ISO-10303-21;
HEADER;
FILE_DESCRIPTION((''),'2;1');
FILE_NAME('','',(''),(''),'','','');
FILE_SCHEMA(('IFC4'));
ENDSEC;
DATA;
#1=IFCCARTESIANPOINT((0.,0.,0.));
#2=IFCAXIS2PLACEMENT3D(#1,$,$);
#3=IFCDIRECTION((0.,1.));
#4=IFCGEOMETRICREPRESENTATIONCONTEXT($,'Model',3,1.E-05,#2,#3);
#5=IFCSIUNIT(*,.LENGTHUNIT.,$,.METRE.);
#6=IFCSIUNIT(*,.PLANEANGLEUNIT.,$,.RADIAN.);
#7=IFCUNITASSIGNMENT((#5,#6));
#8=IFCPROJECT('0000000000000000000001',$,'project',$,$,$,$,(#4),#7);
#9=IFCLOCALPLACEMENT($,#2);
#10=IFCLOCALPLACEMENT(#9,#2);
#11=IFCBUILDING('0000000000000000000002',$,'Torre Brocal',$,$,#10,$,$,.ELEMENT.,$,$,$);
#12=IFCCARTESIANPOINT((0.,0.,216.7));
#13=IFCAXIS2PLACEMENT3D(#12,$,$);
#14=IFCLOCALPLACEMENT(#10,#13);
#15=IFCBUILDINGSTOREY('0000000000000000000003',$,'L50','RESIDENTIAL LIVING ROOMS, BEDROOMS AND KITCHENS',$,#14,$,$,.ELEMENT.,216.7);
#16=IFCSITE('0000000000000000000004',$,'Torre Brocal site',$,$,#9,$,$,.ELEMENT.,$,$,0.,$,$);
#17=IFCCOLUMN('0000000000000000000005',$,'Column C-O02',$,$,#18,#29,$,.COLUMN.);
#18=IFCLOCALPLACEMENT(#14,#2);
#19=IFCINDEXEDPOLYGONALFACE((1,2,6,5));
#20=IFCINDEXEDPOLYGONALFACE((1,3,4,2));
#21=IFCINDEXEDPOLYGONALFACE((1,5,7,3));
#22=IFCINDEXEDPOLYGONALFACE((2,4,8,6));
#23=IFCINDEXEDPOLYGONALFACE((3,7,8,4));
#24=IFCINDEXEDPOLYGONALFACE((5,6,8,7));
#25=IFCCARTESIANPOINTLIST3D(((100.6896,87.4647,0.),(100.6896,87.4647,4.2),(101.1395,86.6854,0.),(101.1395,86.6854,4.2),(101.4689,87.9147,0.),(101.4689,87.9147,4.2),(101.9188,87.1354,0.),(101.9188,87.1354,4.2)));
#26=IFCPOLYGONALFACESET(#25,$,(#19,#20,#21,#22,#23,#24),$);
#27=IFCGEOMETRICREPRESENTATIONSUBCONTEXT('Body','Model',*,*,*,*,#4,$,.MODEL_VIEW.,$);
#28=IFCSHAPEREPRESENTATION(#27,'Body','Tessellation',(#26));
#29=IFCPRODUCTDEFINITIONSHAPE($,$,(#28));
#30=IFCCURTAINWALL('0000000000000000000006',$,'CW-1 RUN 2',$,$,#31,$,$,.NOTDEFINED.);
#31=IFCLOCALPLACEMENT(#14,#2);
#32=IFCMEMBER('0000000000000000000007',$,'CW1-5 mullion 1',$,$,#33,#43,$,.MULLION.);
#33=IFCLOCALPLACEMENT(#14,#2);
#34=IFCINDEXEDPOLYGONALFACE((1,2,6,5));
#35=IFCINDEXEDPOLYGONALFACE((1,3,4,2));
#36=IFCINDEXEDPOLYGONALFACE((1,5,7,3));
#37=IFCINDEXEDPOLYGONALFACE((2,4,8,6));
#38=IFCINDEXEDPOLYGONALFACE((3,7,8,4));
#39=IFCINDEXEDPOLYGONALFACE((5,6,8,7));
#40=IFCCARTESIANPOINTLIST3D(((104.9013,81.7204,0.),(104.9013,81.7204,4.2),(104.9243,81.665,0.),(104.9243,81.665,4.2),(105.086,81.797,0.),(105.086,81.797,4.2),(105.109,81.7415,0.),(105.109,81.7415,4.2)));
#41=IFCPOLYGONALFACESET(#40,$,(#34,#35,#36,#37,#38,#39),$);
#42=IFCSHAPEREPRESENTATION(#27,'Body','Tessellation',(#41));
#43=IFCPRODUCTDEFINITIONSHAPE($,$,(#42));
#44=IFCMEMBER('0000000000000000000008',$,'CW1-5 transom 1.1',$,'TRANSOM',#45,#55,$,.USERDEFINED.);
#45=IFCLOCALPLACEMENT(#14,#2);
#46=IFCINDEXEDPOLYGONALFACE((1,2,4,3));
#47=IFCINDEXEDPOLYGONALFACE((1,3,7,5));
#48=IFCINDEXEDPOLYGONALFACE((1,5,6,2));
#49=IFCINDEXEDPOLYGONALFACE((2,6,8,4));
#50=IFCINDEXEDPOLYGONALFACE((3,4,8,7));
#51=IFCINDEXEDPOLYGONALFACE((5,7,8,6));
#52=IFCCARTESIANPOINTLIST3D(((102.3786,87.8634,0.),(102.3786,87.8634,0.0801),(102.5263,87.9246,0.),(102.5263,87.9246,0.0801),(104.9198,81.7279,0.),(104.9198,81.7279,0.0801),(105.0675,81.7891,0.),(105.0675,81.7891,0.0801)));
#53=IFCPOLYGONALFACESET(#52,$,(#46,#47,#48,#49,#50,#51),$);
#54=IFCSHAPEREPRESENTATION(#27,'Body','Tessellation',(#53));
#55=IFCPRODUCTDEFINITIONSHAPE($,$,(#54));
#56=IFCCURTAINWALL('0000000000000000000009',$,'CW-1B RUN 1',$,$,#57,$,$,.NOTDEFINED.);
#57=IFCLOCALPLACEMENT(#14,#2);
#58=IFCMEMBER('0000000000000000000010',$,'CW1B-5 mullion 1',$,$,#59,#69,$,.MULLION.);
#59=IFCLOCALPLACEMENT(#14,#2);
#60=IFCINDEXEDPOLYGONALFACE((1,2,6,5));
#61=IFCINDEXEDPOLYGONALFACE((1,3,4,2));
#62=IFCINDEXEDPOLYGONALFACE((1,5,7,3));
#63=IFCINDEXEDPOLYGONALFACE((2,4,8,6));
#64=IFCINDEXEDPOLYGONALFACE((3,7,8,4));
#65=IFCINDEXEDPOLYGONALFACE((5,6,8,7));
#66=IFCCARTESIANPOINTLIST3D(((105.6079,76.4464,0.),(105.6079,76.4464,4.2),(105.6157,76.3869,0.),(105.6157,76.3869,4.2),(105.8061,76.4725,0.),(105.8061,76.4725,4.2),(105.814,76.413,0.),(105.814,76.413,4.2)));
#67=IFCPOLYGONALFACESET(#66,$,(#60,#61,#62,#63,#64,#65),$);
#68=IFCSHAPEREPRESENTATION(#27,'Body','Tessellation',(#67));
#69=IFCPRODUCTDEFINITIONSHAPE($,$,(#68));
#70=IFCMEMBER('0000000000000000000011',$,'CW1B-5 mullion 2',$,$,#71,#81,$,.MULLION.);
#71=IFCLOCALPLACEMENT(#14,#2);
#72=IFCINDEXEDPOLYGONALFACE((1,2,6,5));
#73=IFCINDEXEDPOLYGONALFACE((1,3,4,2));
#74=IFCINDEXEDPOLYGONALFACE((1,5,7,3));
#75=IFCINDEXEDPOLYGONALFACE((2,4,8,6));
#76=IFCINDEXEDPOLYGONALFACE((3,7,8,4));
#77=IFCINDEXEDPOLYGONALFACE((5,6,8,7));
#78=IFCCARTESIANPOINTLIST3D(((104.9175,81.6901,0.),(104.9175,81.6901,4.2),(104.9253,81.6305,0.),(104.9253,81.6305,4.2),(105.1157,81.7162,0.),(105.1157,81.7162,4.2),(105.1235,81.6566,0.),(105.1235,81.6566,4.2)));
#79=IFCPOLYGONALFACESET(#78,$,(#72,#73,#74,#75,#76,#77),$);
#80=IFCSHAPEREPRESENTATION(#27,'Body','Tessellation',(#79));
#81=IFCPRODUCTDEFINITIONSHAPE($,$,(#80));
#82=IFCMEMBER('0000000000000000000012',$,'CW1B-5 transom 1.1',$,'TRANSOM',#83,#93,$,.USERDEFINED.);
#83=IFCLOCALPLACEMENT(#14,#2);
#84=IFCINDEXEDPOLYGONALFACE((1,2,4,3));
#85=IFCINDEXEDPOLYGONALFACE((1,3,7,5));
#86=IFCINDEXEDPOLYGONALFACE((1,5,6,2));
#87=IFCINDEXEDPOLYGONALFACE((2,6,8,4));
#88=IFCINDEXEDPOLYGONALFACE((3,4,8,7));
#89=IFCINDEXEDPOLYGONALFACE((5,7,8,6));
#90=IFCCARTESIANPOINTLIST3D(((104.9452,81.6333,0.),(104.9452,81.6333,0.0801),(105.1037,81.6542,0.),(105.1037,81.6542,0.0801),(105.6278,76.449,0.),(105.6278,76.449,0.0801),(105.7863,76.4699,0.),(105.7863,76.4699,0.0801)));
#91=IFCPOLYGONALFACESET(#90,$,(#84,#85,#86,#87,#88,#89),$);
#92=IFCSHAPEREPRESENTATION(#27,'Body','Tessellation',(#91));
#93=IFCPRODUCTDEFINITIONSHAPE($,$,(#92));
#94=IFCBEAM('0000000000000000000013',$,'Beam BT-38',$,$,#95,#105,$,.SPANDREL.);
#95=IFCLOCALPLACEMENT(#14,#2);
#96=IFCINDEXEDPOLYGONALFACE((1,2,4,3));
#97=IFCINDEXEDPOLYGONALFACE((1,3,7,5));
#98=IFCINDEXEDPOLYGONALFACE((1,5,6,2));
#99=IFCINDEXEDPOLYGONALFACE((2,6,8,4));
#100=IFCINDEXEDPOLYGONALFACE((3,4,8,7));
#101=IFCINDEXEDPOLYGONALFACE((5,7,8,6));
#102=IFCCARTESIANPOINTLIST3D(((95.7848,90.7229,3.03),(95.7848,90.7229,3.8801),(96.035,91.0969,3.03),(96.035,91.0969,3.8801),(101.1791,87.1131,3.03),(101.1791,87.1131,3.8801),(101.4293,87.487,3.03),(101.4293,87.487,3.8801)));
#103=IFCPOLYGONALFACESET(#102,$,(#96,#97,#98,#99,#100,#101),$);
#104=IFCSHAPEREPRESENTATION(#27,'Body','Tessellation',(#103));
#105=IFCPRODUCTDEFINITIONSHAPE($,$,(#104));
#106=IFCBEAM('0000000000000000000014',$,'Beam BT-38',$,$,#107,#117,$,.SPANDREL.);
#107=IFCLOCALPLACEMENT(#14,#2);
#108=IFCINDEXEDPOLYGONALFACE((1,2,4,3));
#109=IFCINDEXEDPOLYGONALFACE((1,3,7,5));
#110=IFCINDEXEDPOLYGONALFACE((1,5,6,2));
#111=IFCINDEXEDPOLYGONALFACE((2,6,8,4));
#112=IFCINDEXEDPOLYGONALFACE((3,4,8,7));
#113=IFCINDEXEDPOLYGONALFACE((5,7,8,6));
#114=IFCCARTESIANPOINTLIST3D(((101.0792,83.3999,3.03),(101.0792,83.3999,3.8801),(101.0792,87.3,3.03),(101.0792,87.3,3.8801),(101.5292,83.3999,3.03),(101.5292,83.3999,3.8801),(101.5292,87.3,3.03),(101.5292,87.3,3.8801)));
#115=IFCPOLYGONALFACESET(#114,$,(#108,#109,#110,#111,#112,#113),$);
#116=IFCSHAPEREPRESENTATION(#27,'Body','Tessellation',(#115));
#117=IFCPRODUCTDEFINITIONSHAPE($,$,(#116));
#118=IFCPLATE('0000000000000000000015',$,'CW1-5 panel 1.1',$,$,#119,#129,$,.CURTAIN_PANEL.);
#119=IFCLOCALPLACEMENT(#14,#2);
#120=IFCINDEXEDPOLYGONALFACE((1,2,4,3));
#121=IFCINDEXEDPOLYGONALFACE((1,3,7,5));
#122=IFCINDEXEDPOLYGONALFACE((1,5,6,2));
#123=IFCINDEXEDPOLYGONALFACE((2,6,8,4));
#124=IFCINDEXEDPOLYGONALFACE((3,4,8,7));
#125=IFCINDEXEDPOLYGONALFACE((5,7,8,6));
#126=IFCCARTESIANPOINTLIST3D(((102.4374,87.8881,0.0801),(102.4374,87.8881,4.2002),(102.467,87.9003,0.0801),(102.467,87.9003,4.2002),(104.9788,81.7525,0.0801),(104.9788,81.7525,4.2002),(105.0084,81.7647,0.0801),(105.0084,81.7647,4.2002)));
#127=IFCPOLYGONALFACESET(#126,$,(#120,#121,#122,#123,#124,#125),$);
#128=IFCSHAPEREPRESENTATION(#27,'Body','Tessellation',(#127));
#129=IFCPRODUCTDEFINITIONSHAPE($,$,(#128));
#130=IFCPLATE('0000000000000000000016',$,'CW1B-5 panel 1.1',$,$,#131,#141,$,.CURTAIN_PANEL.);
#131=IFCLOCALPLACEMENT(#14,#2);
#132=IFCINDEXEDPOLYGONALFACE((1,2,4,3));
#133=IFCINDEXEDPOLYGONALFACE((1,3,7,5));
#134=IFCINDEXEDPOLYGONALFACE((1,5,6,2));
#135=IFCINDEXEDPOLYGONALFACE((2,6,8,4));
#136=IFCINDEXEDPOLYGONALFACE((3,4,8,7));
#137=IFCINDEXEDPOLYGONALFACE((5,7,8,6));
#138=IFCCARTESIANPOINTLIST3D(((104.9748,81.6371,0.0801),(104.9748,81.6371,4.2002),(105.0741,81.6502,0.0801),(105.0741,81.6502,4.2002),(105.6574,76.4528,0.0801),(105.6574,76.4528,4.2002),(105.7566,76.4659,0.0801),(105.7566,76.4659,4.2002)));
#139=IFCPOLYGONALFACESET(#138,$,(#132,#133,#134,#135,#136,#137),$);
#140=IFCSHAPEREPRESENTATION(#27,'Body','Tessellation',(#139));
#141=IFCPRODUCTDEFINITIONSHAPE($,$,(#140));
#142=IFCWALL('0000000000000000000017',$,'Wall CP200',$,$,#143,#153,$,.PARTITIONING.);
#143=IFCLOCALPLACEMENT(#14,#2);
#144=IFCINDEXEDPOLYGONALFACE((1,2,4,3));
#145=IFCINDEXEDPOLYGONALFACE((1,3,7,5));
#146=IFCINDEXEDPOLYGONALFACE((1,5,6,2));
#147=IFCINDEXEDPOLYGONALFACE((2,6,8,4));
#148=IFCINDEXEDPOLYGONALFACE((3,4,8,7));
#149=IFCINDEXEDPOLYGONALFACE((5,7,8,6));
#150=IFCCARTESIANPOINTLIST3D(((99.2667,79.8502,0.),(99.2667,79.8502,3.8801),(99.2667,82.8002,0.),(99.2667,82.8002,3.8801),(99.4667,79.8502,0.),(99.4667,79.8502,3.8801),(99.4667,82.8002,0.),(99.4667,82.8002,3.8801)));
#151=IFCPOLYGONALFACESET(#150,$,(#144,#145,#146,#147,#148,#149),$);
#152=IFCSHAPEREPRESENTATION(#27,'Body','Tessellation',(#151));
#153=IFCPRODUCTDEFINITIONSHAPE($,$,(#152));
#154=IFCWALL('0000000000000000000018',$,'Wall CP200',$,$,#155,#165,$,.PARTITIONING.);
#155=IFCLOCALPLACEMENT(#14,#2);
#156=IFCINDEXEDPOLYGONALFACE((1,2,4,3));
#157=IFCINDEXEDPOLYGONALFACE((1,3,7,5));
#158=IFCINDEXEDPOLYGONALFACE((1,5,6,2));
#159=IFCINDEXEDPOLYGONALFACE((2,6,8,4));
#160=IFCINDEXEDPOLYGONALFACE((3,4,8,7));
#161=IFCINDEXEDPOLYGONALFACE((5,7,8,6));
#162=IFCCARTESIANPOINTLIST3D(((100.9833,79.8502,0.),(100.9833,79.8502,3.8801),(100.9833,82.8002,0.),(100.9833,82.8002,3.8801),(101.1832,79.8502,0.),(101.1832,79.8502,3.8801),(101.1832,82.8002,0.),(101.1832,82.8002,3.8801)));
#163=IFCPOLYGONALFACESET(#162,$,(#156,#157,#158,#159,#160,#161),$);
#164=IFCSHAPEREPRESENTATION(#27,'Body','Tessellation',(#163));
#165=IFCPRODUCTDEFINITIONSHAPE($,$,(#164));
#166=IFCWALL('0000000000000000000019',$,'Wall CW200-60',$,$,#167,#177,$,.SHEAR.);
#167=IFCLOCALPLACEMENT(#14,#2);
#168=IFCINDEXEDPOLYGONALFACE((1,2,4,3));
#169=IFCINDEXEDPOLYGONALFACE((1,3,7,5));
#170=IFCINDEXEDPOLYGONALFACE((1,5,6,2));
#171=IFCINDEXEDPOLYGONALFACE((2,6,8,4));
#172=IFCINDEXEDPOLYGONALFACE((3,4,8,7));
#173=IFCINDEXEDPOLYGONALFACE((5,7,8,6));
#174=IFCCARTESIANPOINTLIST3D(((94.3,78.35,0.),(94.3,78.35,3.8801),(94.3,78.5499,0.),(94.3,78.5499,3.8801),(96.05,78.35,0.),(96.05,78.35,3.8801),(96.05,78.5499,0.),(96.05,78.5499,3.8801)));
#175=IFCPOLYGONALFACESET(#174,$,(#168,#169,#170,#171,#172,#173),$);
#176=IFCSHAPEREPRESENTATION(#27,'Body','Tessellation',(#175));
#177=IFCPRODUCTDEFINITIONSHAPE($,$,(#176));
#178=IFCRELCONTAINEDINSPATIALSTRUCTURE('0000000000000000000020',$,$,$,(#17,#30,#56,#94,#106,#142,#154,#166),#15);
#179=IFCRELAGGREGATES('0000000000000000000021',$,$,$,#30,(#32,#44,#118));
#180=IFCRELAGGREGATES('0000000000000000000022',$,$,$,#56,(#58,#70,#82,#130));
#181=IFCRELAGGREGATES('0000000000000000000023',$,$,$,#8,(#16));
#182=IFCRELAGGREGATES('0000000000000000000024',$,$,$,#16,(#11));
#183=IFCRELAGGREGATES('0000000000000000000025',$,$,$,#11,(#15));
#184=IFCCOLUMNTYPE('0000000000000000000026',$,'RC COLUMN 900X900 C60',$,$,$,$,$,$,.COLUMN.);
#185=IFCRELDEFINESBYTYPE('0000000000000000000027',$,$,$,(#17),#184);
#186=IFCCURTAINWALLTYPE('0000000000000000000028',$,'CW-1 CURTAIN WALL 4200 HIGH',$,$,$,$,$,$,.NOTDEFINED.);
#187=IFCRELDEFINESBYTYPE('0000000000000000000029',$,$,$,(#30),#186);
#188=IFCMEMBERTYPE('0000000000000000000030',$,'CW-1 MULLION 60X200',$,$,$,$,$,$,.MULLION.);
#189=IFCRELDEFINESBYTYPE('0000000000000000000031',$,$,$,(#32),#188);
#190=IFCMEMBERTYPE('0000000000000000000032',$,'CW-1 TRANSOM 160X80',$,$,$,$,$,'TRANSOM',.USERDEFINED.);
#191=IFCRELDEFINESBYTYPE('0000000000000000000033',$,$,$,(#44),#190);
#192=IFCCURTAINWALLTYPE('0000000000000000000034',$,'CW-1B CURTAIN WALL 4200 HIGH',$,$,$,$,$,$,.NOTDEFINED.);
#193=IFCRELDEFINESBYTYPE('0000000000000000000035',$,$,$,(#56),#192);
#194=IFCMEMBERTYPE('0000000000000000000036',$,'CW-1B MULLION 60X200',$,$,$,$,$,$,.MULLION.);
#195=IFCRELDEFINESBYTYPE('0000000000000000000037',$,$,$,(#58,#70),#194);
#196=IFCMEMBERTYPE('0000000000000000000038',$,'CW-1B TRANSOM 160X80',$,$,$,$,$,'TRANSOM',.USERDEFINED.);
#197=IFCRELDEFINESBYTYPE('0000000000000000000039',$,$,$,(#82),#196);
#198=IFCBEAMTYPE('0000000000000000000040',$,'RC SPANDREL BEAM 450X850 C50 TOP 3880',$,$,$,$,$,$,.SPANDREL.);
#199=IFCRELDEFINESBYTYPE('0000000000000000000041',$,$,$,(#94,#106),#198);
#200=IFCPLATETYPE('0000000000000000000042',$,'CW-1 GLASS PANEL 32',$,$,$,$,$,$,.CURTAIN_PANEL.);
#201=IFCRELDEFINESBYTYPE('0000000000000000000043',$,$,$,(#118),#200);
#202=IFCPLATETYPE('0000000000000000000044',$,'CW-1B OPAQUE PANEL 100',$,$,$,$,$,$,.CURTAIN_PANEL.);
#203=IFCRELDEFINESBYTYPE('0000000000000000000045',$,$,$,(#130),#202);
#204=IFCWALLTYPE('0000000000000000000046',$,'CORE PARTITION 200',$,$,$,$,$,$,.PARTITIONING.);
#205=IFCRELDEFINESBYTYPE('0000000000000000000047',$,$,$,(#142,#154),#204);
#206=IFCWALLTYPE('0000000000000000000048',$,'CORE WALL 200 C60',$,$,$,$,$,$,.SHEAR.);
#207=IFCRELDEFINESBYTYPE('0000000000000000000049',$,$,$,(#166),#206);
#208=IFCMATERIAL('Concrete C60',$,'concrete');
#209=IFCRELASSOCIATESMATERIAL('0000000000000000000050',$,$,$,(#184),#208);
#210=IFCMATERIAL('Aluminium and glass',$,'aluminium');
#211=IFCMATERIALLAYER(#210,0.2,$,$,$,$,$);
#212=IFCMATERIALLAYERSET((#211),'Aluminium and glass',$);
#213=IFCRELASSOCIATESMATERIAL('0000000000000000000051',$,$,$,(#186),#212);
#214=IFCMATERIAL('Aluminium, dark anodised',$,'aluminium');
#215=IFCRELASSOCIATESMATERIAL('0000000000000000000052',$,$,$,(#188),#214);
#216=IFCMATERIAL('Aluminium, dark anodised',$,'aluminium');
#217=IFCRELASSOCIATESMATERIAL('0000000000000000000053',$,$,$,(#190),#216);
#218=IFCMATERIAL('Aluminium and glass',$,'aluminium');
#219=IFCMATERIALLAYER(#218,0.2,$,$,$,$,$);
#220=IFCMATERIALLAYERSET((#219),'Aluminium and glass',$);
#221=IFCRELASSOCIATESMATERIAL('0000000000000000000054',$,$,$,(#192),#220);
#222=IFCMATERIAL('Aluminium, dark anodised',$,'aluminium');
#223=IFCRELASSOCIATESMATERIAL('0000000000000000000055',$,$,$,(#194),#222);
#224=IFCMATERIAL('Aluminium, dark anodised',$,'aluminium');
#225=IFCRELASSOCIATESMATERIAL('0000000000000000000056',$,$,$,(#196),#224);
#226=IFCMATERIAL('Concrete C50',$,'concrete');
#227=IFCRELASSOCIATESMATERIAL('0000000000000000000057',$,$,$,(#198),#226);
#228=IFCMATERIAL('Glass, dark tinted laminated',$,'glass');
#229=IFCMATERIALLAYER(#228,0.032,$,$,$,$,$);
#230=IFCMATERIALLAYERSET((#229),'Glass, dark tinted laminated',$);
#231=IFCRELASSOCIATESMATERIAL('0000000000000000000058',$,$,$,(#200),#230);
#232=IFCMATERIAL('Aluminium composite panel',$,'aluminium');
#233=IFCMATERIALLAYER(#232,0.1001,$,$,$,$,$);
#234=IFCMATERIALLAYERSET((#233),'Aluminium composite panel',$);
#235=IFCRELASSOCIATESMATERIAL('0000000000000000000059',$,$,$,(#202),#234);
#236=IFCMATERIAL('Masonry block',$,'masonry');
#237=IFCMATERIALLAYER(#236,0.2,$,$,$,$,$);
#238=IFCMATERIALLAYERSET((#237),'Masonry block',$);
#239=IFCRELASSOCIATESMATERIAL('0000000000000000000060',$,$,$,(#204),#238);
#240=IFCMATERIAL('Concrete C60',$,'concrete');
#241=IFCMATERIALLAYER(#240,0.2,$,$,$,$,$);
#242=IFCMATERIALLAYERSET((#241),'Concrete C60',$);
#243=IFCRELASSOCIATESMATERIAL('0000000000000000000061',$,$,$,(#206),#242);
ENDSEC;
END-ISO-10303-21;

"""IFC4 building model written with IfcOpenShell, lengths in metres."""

from ifc_helpers import new_model, si_unit, direction, frame, frame_2d, origin, origin_2d, place, context, subcontext, project, spatial, rectangle, extrude, material, layer, layer_set, material_profile, profile_set, type_object, element, aggregate, save


model = new_model("IFC4")

# Units and contexts
model_context = context("Model", 3, precision=1e-05, world=origin(), true_north=direction((0.0, 1.0)))
body_context = subcontext(model_context, "Body", "Model", "MODEL_VIEW")
ifc_project = project(units=[si_unit("LENGTHUNIT", "METRE"), si_unit("PLANEANGLEUNIT", "RADIAN")], contexts=[model_context])

# Site, building, storey
site_placement = place(None, origin())
site = spatial("IfcSite", under=ifc_project, at=site_placement, Name="Torre Brocal site", CompositionType="ELEMENT", RefElevation=0.0)
building_placement = place(site_placement, origin())
building = spatial("IfcBuilding", under=site, at=building_placement, Name="Torre Brocal", CompositionType="ELEMENT")
storey_placement = place(building_placement, frame((0.0, 0.0, 216.7)))
storey = spatial("IfcBuildingStorey", under=building, at=storey_placement, Name="L50", Description="RESIDENTIAL LIVING ROOMS, BEDROOMS AND KITCHENS", CompositionType="ELEMENT", Elevation=216.7)

# Column
ifc_material_1 = material(Name="Concrete C60", Category="concrete")
ifc_material_profile_1 = material_profile(ifc_material_1, rectangle(XDim=0.8999, YDim=0.8999, at=origin_2d()), Name="RC 900X900")
ifc_profile_set_1 = profile_set([ifc_material_profile_1], Name="Concrete C60")
column_type = type_object("IfcColumnType", Name="RC COLUMN 900X900 C60", PredefinedType="COLUMN", material=ifc_profile_set_1)
column_placement = place(storey_placement, frame((101.3042, 87.3, 0.0), z_axis=(0.0, 0.0, 1.0), x_axis=(0.866025, 0.5, 0.0)))
element("IfcColumn", 1, at=column_placement, inside=storey, type_object=column_type, Name="Column C-O02", PredefinedType="COLUMN", context=body_context, shape_type="SweptSolid", body=[
    extrude(rectangle(XDim=0.8999, YDim=0.8999, at=origin_2d()), origin(), (0.0, 0.0, 1.0), 4.2),
])

# Curtain walls, members
ifc_material_2 = material(Name="Aluminium and glass", Category="aluminium")
ifc_layer_1 = layer(ifc_material_2, 0.2)
ifc_layer_set_1 = layer_set([ifc_layer_1], Name="Aluminium and glass")
curtain_wall_type_1 = type_object("IfcCurtainWallType", Name="CW-1 CURTAIN WALL 4200 HIGH", PredefinedType="NOTDEFINED", material=ifc_layer_set_1)
curtain_wall_1_placement = place(storey_placement, origin())
curtain_wall_1 = element("IfcCurtainWall", 2, at=curtain_wall_1_placement, inside=storey, type_object=curtain_wall_type_1, Name="CW-1 RUN 2", PredefinedType="NOTDEFINED")
ifc_material_3 = material(Name="Aluminium, dark anodised", Category="aluminium")
ifc_material_profile_2 = material_profile(ifc_material_3, rectangle(XDim=0.2, YDim=0.0601, at=origin_2d()), Name="CW-1 MULLION 60X200")
ifc_profile_set_2 = profile_set([ifc_material_profile_2], Name="Aluminium, dark anodised")
member_type_1 = type_object("IfcMemberType", Name="CW-1 MULLION 60X200", PredefinedType="MULLION", material=ifc_profile_set_2)
member_1_placement = place(storey_placement, frame((105.0051, 81.731, 0.0), z_axis=(0.0, 0.0, 1.0), x_axis=(-0.92388, -0.382683, 0.0)))
member_1 = element("IfcMember", 3, at=member_1_placement, type_object=member_type_1, Name="CW1-5 mullion 1", PredefinedType="MULLION", context=body_context, shape_type="SweptSolid", body=[
    extrude(rectangle(XDim=0.2, YDim=0.0601, at=origin_2d()), origin(), (0.0, 0.0, 1.0), 4.2),
])
ifc_material_4 = material(Name="Aluminium, dark anodised", Category="aluminium")
ifc_material_profile_3 = material_profile(ifc_material_4, rectangle(XDim=0.1599, YDim=0.0801, at=origin_2d()), Name="CW-1 TRANSOM 160X80")
ifc_profile_set_3 = profile_set([ifc_material_profile_3], Name="Aluminium, dark anodised")
member_type_2 = type_object("IfcMemberType", Name="CW-1 TRANSOM 160X80", ElementType="TRANSOM", PredefinedType="USERDEFINED", material=ifc_profile_set_3)
member_2_placement = place(storey_placement, frame((104.9937, 81.7585, 0.04), z_axis=(-0.382665, 0.923887, 0.0), x_axis=(-0.923887, -0.382665, 0.0)))
member_2 = element("IfcMember", 4, at=member_2_placement, type_object=member_type_2, Name="CW1-5 transom 1.1", ObjectType="TRANSOM", PredefinedType="USERDEFINED", context=body_context, shape_type="SweptSolid", body=[
    extrude(rectangle(XDim=0.1599, YDim=0.0801, at=origin_2d()), origin(), (0.0, 0.0, 1.0), 6.6409),
])
ifc_material_5 = material(Name="Aluminium and glass", Category="aluminium")
ifc_layer_2 = layer(ifc_material_5, 0.2)
ifc_layer_set_2 = layer_set([ifc_layer_2], Name="Aluminium and glass")
curtain_wall_type_2 = type_object("IfcCurtainWallType", Name="CW-1B CURTAIN WALL 4200 HIGH", PredefinedType="NOTDEFINED", material=ifc_layer_set_2)
curtain_wall_2_placement = place(storey_placement, origin())
curtain_wall_2 = element("IfcCurtainWall", 5, at=curtain_wall_2_placement, inside=storey, type_object=curtain_wall_type_2, Name="CW-1B RUN 1", PredefinedType="NOTDEFINED")
ifc_material_6 = material(Name="Aluminium, dark anodised", Category="aluminium")
ifc_material_profile_4 = material_profile(ifc_material_6, rectangle(XDim=0.2, YDim=0.0601, at=origin_2d()), Name="CW-1B MULLION 60X200")
ifc_profile_set_4 = profile_set([ifc_material_profile_4], Name="Aluminium, dark anodised")
member_type_3 = type_object("IfcMemberType", Name="CW-1B MULLION 60X200", PredefinedType="MULLION", material=ifc_profile_set_4)
member_3_placement = place(storey_placement, frame((105.7109, 76.4297, 0.0), z_axis=(0.0, 0.0, 1.0), x_axis=(-0.991445, -0.130526, 0.0)))
member_3 = element("IfcMember", 6, at=member_3_placement, type_object=member_type_3, Name="CW1B-5 mullion 1", PredefinedType="MULLION", context=body_context, shape_type="SweptSolid", body=[
    extrude(rectangle(XDim=0.2, YDim=0.0601, at=origin_2d()), origin(), (0.0, 0.0, 1.0), 4.2),
])
member_4_placement = place(storey_placement, frame((105.0205, 81.6733, 0.0), z_axis=(0.0, 0.0, 1.0), x_axis=(-0.991445, -0.130526, 0.0)))
member_4 = element("IfcMember", 7, at=member_4_placement, type_object=member_type_3, Name="CW1B-5 mullion 2", PredefinedType="MULLION", context=body_context, shape_type="SweptSolid", body=[
    extrude(rectangle(XDim=0.2, YDim=0.0601, at=origin_2d()), origin(), (0.0, 0.0, 1.0), 4.2),
])
ifc_material_7 = material(Name="Aluminium, dark anodised", Category="aluminium")
ifc_material_profile_5 = material_profile(ifc_material_7, rectangle(XDim=0.1599, YDim=0.0801, at=origin_2d()), Name="CW-1B TRANSOM 160X80")
ifc_profile_set_5 = profile_set([ifc_material_profile_5], Name="Aluminium, dark anodised")
member_type_4 = type_object("IfcMemberType", Name="CW-1B TRANSOM 160X80", ElementType="TRANSOM", PredefinedType="USERDEFINED", material=ifc_profile_set_5)
member_5_placement = place(storey_placement, frame((105.707, 76.4595, 0.04), z_axis=(-0.130543, 0.991443, 0.0), x_axis=(-0.991443, -0.130543, 0.0)))
member_5 = element("IfcMember", 8, at=member_5_placement, type_object=member_type_4, Name="CW1B-5 transom 1.1", ObjectType="TRANSOM", PredefinedType="USERDEFINED", context=body_context, shape_type="SweptSolid", body=[
    extrude(rectangle(XDim=0.1599, YDim=0.0801, at=origin_2d()), origin(), (0.0, 0.0, 1.0), 5.229),
])

# Beams
ifc_material_8 = material(Name="Concrete C50", Category="concrete")
ifc_material_profile_6 = material_profile(ifc_material_8, rectangle(XDim=0.45, YDim=0.8501, at=origin_2d()), Name="RC 450X850")
ifc_profile_set_6 = profile_set([ifc_material_profile_6], Name="Concrete C50")
beam_type = type_object("IfcBeamType", Name="RC SPANDREL BEAM 450X850 C50 TOP 3880", PredefinedType="SPANDREL", material=ifc_profile_set_6)
beam_1_placement = place(storey_placement, frame((101.3042, 87.3, 3.4551), z_axis=(-0.831077, 0.556158, 0.0), x_axis=(-0.556158, -0.831077, 0.0)))
element("IfcBeam", 9, at=beam_1_placement, inside=storey, type_object=beam_type, Name="Beam BT-38", PredefinedType="SPANDREL", context=body_context, shape_type="SweptSolid", body=[
    extrude(rectangle(XDim=0.45, YDim=0.8501, at=origin_2d()), origin(), (0.0, 0.0, 1.0), 6.4907),
])
beam_2_placement = place(storey_placement, frame((101.3042, 87.3, 3.4551), z_axis=(0.0, -1.0, 0.0), x_axis=(1.0, 0.0, 0.0)))
element("IfcBeam", 10, at=beam_2_placement, inside=storey, type_object=beam_type, Name="Beam BT-38", PredefinedType="SPANDREL", context=body_context, shape_type="SweptSolid", body=[
    extrude(rectangle(XDim=0.45, YDim=0.8501, at=origin_2d()), origin(), (0.0, 0.0, 1.0), 3.9001),
])

# Plates
ifc_material_9 = material(Name="Glass, dark tinted laminated", Category="glass")
ifc_layer_3 = layer(ifc_material_9, 0.032)
ifc_layer_set_3 = layer_set([ifc_layer_3], Name="Glass, dark tinted laminated")
plate_type_1 = type_object("IfcPlateType", Name="CW-1 GLASS PANEL 32", PredefinedType="CURTAIN_PANEL", material=ifc_layer_set_3)
plate_1_placement = place(storey_placement, frame((103.7229, 84.8264, 0.0801), z_axis=(0.0, 0.0, 1.0), x_axis=(-0.382683, 0.92388, 0.0)))
plate_1 = element("IfcPlate", 11, at=plate_1_placement, type_object=plate_type_1, Name="CW1-5 panel 1.1", PredefinedType="CURTAIN_PANEL", context=body_context, shape_type="SweptSolid", body=[
    extrude(rectangle(XDim=6.6411, YDim=0.032, at=origin_2d()), origin(), (0.0, 0.0, 1.0), 4.1201),
])
aggregate(curtain_wall_1, [member_1, member_2, plate_1])
ifc_material_10 = material(Name="Aluminium composite panel", Category="aluminium")
ifc_layer_4 = layer(ifc_material_10, 0.1001)
ifc_layer_set_4 = layer_set([ifc_layer_4], Name="Aluminium composite panel")
plate_type_2 = type_object("IfcPlateType", Name="CW-1B OPAQUE PANEL 100", PredefinedType="CURTAIN_PANEL", material=ifc_layer_set_4)
plate_2_placement = place(storey_placement, frame((105.3657, 79.0515, 0.0801), z_axis=(0.0, 0.0, 1.0), x_axis=(-0.130526, 0.991445, 0.0)))
plate_2 = element("IfcPlate", 12, at=plate_2_placement, type_object=plate_type_2, Name="CW1B-5 panel 1.1", PredefinedType="CURTAIN_PANEL", context=body_context, shape_type="SweptSolid", body=[
    extrude(rectangle(XDim=5.229, YDim=0.1001, at=origin_2d()), origin(), (0.0, 0.0, 1.0), 4.1201),
])
aggregate(curtain_wall_2, [member_3, member_4, member_5, plate_2])

# Walls
ifc_material_11 = material(Name="Masonry block", Category="masonry")
ifc_layer_5 = layer(ifc_material_11, 0.2)
ifc_layer_set_5 = layer_set([ifc_layer_5], Name="Masonry block")
wall_type_1 = type_object("IfcWallType", Name="CORE PARTITION 200", PredefinedType="PARTITIONING", material=ifc_layer_set_5)
for number, where, z_axis, x_axis, name in (
    (13, (99.3667, 79.8501, 0.0), (0.0, 0.0, 1.0), (0.0, 1.0, 0.0), "Wall CP200"),
    (14, (101.0833, 79.8501, 0.0), (0.0, 0.0, 1.0), (0.0, 1.0, 0.0), "Wall CP200"),
):
    element("IfcWall", number, at=place(storey_placement, frame(where, z_axis=z_axis, x_axis=x_axis)), inside=storey, type_object=wall_type_1, Name=name, PredefinedType="PARTITIONING", context=body_context, shape_type="SweptSolid", body=[
        extrude(rectangle(XDim=2.95, YDim=0.2, at=frame_2d((1.4751, 0.0))), origin(), (0.0, 0.0, 1.0), 3.8801),
    ])
ifc_material_12 = material(Name="Concrete C60", Category="concrete")
ifc_layer_6 = layer(ifc_material_12, 0.2)
ifc_layer_set_6 = layer_set([ifc_layer_6], Name="Concrete C60")
wall_type_2 = type_object("IfcWallType", Name="CORE WALL 200 C60", PredefinedType="SHEAR", material=ifc_layer_set_6)
wall_1_placement = place(storey_placement, frame((94.3, 78.45, 0.0), z_axis=(0.0, 0.0, 1.0), x_axis=(1.0, 0.0, 0.0)))
element("IfcWall", 15, at=wall_1_placement, inside=storey, type_object=wall_type_2, Name="Wall CW200-60", PredefinedType="SHEAR", context=body_context, shape_type="SweptSolid", body=[
    extrude(rectangle(XDim=1.75, YDim=0.2, at=frame_2d((0.875, 0.0))), origin(), (0.0, 0.0, 1.0), 3.8801),
])

save(model, "model.ifc")
